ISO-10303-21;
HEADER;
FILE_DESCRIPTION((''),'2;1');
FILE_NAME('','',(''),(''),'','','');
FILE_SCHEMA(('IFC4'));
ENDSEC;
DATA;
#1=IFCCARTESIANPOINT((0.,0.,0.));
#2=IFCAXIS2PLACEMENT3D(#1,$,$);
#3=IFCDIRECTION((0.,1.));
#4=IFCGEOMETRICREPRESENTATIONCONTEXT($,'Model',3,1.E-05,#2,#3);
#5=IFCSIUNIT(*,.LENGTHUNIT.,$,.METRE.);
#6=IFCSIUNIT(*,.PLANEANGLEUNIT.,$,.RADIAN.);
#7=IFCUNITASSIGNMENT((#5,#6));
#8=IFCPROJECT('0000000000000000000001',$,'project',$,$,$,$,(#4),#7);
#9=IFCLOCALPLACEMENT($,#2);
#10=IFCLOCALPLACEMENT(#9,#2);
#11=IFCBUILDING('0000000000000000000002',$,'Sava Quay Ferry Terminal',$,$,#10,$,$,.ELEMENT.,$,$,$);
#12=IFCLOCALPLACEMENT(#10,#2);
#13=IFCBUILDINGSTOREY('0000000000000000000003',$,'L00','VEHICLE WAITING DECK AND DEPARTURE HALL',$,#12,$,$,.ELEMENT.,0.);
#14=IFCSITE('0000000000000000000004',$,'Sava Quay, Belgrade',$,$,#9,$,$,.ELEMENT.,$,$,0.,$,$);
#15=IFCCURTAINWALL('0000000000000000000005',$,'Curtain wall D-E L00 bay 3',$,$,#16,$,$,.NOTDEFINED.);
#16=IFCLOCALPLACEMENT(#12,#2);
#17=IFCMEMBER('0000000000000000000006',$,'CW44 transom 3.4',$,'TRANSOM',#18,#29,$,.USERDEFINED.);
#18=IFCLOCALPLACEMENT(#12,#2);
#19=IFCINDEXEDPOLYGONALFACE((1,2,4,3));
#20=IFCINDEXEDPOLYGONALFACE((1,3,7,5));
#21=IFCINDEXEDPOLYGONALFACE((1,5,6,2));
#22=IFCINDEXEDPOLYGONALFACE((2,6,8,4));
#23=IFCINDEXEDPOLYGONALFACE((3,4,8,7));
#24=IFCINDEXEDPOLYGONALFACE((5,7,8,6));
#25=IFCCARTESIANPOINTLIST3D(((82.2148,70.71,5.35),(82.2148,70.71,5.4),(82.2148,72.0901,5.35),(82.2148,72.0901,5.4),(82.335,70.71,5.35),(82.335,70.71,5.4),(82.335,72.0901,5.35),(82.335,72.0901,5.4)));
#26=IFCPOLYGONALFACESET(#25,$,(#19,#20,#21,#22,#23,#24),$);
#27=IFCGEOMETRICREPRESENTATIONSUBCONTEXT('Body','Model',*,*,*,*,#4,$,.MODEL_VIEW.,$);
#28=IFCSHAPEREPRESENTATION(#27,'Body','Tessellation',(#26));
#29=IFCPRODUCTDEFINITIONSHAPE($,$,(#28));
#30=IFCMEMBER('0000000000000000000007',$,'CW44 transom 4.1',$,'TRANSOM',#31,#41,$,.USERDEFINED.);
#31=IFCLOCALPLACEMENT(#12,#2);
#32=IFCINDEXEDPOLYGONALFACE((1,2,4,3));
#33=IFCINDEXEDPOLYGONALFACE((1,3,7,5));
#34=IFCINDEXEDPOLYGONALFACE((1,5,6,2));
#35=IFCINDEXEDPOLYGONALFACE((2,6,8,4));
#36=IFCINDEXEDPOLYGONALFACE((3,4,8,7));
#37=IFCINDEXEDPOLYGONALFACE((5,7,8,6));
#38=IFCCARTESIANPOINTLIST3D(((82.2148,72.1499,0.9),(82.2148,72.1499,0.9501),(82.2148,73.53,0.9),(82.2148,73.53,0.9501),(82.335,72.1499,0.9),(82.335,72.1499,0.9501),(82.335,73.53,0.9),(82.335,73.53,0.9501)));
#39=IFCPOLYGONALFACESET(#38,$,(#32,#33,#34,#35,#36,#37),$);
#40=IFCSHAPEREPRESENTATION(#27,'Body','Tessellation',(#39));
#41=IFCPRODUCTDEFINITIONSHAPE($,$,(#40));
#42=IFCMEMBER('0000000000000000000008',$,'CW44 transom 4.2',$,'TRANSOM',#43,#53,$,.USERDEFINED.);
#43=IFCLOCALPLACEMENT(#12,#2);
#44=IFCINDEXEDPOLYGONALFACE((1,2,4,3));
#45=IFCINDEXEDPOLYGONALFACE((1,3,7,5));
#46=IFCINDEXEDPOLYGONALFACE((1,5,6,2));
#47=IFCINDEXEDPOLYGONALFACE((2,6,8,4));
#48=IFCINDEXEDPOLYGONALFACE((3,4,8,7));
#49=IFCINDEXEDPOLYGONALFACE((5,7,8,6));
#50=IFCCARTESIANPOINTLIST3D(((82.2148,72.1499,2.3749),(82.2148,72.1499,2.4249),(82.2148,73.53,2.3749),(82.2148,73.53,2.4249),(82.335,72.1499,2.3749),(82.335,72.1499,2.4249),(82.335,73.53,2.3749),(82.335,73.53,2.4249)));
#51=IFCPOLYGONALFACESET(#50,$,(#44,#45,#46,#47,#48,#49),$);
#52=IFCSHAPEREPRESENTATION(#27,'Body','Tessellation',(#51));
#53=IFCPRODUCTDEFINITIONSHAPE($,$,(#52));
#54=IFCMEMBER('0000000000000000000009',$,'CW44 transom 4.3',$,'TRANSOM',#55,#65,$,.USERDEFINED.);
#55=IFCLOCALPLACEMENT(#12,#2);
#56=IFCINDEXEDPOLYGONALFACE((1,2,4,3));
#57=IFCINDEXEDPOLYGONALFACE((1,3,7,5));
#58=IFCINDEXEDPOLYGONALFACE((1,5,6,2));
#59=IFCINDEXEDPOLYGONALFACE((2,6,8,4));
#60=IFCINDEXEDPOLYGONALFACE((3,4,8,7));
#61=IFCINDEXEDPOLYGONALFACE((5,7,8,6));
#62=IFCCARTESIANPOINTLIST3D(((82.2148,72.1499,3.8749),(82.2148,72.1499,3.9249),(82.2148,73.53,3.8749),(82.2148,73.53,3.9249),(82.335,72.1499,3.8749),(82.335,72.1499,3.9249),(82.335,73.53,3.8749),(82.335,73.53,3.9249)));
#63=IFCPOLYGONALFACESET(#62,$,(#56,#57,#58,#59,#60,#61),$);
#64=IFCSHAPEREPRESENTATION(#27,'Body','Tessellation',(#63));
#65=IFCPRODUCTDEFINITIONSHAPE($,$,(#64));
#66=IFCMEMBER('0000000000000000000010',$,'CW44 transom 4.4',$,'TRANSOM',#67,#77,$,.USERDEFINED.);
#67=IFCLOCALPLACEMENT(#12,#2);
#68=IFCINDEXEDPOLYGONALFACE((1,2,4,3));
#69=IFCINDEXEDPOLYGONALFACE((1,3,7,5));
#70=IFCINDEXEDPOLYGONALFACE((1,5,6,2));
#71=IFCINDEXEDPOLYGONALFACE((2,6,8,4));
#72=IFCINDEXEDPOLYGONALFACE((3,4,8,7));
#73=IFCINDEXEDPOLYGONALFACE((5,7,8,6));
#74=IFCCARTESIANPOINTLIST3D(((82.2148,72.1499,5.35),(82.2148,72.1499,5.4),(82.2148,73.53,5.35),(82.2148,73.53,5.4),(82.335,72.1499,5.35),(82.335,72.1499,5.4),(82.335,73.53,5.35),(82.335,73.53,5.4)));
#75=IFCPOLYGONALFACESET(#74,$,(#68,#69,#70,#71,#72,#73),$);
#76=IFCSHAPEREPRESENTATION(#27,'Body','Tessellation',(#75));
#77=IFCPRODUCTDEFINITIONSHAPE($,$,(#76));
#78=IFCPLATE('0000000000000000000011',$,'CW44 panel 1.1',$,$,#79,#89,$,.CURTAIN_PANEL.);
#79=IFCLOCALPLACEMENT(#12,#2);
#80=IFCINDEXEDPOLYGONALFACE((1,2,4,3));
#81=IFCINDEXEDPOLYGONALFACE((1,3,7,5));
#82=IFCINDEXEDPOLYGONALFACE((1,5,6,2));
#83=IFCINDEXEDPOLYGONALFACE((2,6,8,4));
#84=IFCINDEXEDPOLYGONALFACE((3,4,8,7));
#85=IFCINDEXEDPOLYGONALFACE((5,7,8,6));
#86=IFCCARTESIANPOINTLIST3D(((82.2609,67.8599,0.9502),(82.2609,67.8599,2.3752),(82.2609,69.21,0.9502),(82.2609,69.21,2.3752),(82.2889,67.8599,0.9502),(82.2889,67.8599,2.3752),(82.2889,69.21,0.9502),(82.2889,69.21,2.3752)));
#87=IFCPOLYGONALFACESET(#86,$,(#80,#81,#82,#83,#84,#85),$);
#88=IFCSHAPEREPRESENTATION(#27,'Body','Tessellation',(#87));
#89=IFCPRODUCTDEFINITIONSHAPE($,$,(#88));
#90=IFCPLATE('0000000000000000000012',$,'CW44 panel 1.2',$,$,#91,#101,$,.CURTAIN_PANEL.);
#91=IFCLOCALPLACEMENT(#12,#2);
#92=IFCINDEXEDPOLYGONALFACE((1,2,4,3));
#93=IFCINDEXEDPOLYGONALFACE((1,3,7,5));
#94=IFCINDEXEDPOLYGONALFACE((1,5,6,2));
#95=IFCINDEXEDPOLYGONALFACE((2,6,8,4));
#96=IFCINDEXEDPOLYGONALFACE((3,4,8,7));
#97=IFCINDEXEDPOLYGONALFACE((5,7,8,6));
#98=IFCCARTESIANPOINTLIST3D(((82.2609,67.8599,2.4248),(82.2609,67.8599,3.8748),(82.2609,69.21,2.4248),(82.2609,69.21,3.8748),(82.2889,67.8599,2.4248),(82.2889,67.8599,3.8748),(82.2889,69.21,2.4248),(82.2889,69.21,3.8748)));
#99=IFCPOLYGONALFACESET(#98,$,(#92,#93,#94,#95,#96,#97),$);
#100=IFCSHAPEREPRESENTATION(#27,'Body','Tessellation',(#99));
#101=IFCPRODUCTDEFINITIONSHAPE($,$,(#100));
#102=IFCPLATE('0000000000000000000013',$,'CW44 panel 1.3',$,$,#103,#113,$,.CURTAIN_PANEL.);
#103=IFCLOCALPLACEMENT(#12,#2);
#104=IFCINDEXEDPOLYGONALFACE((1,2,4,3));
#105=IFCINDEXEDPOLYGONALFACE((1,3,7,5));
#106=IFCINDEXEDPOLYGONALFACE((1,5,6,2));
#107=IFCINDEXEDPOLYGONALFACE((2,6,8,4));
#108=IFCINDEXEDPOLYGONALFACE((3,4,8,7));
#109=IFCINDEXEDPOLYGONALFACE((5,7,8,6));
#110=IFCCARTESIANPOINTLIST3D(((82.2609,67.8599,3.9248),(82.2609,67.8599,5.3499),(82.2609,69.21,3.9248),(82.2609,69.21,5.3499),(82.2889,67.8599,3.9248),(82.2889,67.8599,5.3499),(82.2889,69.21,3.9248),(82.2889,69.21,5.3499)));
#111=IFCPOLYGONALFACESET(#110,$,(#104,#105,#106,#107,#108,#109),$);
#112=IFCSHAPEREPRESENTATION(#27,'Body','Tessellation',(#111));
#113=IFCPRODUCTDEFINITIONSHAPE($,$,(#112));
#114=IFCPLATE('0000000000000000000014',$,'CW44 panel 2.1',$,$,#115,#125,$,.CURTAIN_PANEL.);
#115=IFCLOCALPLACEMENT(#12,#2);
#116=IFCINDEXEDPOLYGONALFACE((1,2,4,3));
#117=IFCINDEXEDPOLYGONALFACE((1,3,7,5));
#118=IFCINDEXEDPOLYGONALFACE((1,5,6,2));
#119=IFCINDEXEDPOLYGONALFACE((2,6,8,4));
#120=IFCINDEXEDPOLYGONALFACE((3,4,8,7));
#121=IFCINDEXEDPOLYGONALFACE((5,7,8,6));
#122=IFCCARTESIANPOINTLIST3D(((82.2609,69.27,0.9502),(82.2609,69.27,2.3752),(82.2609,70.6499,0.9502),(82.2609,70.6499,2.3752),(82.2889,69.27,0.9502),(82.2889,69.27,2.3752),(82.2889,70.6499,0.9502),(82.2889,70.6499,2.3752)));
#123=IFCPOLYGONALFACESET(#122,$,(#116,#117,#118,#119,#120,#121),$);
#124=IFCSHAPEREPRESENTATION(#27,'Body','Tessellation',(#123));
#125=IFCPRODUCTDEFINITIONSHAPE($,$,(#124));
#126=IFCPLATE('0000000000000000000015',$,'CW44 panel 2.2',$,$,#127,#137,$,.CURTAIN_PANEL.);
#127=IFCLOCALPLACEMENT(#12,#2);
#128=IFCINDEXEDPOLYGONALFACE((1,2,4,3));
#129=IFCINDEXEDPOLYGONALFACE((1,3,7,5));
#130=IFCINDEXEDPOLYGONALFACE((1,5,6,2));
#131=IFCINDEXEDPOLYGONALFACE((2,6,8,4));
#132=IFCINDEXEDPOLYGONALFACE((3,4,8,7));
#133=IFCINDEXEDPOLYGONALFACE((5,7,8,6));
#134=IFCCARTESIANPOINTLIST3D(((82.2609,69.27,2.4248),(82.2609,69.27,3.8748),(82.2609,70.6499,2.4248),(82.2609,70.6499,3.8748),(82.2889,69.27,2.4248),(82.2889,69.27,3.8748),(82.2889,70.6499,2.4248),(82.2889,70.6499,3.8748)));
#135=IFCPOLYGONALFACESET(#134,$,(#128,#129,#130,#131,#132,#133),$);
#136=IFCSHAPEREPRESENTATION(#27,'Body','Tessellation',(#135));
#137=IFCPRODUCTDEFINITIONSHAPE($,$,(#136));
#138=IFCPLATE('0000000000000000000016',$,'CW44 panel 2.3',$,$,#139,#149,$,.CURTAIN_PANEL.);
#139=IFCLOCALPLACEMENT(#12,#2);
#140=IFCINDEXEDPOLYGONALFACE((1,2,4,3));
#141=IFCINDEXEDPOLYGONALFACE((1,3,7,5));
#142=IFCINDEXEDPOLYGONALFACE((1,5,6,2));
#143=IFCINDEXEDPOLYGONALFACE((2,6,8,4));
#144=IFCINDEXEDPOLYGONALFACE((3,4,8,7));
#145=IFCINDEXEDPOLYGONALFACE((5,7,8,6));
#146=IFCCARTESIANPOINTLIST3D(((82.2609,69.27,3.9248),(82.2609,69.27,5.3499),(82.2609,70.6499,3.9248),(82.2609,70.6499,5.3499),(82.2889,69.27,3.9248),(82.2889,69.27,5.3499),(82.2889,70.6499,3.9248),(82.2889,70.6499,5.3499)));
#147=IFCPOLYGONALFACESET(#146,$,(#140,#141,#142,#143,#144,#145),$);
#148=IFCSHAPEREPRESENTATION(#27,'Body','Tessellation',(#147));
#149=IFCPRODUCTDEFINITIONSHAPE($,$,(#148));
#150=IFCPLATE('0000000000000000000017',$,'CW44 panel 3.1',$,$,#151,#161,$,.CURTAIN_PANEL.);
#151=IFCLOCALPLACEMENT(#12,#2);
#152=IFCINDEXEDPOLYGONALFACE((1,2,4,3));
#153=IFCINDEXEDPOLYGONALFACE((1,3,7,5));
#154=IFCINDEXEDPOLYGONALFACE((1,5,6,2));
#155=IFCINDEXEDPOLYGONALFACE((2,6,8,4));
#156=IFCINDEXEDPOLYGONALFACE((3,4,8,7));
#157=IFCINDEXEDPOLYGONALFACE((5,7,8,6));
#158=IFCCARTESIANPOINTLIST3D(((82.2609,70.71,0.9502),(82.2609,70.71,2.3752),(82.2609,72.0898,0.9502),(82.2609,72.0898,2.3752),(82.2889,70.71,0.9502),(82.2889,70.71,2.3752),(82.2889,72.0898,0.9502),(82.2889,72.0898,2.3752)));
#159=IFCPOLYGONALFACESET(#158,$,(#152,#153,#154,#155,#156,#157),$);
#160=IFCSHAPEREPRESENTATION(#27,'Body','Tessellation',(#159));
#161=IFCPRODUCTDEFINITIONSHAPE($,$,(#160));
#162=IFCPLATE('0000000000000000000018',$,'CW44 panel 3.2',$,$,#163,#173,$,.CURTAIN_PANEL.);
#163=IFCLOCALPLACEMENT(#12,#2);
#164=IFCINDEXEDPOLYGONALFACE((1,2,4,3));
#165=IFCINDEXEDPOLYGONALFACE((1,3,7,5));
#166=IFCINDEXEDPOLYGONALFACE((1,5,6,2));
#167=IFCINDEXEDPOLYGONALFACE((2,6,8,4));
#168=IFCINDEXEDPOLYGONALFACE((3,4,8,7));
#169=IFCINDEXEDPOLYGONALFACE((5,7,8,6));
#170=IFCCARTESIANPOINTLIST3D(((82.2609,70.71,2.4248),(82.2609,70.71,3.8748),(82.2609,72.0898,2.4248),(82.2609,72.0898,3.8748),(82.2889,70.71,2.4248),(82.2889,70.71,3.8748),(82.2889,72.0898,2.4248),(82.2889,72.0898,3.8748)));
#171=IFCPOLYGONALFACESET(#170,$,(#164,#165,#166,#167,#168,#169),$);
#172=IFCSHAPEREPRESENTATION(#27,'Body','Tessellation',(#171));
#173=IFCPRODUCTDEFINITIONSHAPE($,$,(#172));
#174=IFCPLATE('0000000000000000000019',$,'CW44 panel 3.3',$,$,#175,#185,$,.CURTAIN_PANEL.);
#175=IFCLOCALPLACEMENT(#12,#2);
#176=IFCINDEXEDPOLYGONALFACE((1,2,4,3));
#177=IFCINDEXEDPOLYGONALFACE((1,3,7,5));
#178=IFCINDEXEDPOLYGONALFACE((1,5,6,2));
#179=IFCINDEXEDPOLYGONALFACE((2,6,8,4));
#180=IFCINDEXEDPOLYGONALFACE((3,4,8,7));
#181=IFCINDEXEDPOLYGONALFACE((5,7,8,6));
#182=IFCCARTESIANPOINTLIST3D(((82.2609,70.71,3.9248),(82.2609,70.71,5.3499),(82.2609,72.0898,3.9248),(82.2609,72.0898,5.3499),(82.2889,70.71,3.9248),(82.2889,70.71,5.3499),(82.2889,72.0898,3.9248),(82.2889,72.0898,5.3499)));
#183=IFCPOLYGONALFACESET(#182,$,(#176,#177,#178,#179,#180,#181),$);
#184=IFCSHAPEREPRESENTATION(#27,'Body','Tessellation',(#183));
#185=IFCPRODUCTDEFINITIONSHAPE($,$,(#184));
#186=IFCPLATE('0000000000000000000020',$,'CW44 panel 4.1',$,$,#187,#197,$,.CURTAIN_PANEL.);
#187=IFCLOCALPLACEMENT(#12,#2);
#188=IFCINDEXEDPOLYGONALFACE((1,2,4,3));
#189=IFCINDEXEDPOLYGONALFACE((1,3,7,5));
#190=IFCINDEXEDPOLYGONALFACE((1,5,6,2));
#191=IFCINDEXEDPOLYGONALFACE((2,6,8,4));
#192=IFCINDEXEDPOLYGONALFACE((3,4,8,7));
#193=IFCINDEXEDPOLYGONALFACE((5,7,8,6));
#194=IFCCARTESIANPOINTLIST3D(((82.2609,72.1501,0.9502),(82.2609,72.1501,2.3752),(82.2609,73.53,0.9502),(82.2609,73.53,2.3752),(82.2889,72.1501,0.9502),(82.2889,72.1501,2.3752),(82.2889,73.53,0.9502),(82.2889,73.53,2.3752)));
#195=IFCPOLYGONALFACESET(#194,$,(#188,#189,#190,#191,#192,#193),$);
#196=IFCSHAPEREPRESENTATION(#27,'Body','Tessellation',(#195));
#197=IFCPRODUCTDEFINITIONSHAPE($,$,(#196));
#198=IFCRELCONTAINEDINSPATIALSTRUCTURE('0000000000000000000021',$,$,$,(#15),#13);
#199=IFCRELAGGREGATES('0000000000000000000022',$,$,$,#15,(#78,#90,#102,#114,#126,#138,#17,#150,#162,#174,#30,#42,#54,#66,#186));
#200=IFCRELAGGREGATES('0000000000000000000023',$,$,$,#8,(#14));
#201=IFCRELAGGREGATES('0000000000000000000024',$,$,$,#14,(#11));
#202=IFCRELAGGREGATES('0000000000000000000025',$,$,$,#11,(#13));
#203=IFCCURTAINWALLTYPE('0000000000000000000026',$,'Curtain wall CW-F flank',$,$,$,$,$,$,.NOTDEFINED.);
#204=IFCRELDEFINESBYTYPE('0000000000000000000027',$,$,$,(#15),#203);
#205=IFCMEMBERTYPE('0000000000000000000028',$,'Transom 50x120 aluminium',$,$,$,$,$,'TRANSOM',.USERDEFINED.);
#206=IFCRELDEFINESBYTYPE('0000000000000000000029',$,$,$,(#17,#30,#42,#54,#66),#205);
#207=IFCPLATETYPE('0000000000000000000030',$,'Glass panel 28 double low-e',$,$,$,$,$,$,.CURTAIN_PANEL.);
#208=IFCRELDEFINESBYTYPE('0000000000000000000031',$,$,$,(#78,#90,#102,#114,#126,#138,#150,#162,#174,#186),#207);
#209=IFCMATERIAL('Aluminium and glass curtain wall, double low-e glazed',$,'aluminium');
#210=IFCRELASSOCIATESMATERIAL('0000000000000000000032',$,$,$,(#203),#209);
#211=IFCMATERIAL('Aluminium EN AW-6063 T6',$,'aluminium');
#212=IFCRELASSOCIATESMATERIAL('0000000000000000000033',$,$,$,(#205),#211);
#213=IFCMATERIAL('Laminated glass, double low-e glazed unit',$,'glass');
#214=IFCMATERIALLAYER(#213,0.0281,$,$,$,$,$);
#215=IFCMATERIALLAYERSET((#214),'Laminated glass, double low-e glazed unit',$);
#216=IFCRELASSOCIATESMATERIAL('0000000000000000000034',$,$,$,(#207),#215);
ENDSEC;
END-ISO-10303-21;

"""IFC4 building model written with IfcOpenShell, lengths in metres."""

from ifc_helpers import new_model, si_unit, direction, frame, origin, origin_2d, place, context, subcontext, project, spatial, rectangle, extrude, material, layer, layer_set, material_profile, profile_set, type_object, element, aggregate, save


model = new_model("IFC4")

# Units and contexts
model_context = context("Model", 3, precision=1e-05, world=origin(), true_north=direction((0.0, 1.0)))
body_context = subcontext(model_context, "Body", "Model", "MODEL_VIEW")
ifc_project = project(units=[si_unit("LENGTHUNIT", "METRE"), si_unit("PLANEANGLEUNIT", "RADIAN")], contexts=[model_context])

# Site, building, storey
site_placement = place(None, origin())
site = spatial("IfcSite", under=ifc_project, at=site_placement, Name="Sava Quay, Belgrade", CompositionType="ELEMENT", RefElevation=0.0)
building_placement = place(site_placement, origin())
building = spatial("IfcBuilding", under=site, at=building_placement, Name="Sava Quay Ferry Terminal", CompositionType="ELEMENT")
storey_placement = place(building_placement, origin())
storey = spatial("IfcBuildingStorey", under=building, at=storey_placement, Name="L00", Description="VEHICLE WAITING DECK AND DEPARTURE HALL", CompositionType="ELEMENT", Elevation=0.0)

# Curtain wall, members, plates
ifc_material_1 = material(Name="Aluminium and glass curtain wall, double low-e glazed", Category="aluminium")
curtain_wall_type = type_object("IfcCurtainWallType", Name="Curtain wall CW-F flank", PredefinedType="NOTDEFINED", material=ifc_material_1)
curtain_wall_placement = place(storey_placement, origin())
curtain_wall = element("IfcCurtainWall", 1, at=curtain_wall_placement, inside=storey, type_object=curtain_wall_type, Name="Curtain wall D-E L00 bay 3", PredefinedType="NOTDEFINED")
ifc_material_2 = material(Name="Aluminium EN AW-6063 T6", Category="aluminium")
ifc_material_profile_1 = material_profile(ifc_material_2, rectangle(XDim=0.1201, YDim=0.05, at=origin_2d()), Name="Transom 50x120 aluminium")
ifc_profile_set_1 = profile_set([ifc_material_profile_1], Name="Aluminium EN AW-6063 T6")
member_type_1 = type_object("IfcMemberType", Name="Transom 50x120 aluminium", ElementType="TRANSOM", PredefinedType="USERDEFINED", material=ifc_profile_set_1)
member_1_placement = place(storey_placement, frame((82.2749, 70.71, 5.375), z_axis=(0.0, 1.0, 0.0), x_axis=(-1.0, 0.0, 0.0)))
member_1 = element("IfcMember", 2, at=member_1_placement, type_object=member_type_1, Name="CW44 transom 3.4", ObjectType="TRANSOM", PredefinedType="USERDEFINED", context=body_context, shape_type="SweptSolid", body=[
    extrude(rectangle(XDim=0.1201, YDim=0.05, at=origin_2d()), origin(), (0.0, 0.0, 1.0), 1.3801),
])
member_2_placement = place(storey_placement, frame((82.2749, 72.1499, 0.925), z_axis=(0.0, 1.0, 0.0), x_axis=(-1.0, 0.0, 0.0)))
member_2 = element("IfcMember", 3, at=member_2_placement, type_object=member_type_1, Name="CW44 transom 4.1", ObjectType="TRANSOM", PredefinedType="USERDEFINED", context=body_context, shape_type="SweptSolid", body=[
    extrude(rectangle(XDim=0.1201, YDim=0.05, at=origin_2d()), origin(), (0.0, 0.0, 1.0), 1.3801),
])
member_3_placement = place(storey_placement, frame((82.2749, 72.1499, 2.3999), z_axis=(0.0, 1.0, 0.0), x_axis=(-1.0, 0.0, 0.0)))
member_3 = element("IfcMember", 4, at=member_3_placement, type_object=member_type_1, Name="CW44 transom 4.2", ObjectType="TRANSOM", PredefinedType="USERDEFINED", context=body_context, shape_type="SweptSolid", body=[
    extrude(rectangle(XDim=0.1201, YDim=0.05, at=origin_2d()), origin(), (0.0, 0.0, 1.0), 1.3801),
])
member_4_placement = place(storey_placement, frame((82.2749, 72.1499, 3.8999), z_axis=(0.0, 1.0, 0.0), x_axis=(-1.0, 0.0, 0.0)))
member_4 = element("IfcMember", 5, at=member_4_placement, type_object=member_type_1, Name="CW44 transom 4.3", ObjectType="TRANSOM", PredefinedType="USERDEFINED", context=body_context, shape_type="SweptSolid", body=[
    extrude(rectangle(XDim=0.1201, YDim=0.05, at=origin_2d()), origin(), (0.0, 0.0, 1.0), 1.3801),
])
member_5_placement = place(storey_placement, frame((82.2749, 72.1499, 5.375), z_axis=(0.0, 1.0, 0.0), x_axis=(-1.0, 0.0, 0.0)))
member_5 = element("IfcMember", 6, at=member_5_placement, type_object=member_type_1, Name="CW44 transom 4.4", ObjectType="TRANSOM", PredefinedType="USERDEFINED", context=body_context, shape_type="SweptSolid", body=[
    extrude(rectangle(XDim=0.1201, YDim=0.05, at=origin_2d()), origin(), (0.0, 0.0, 1.0), 1.3801),
])
ifc_material_3 = material(Name="Laminated glass, double low-e glazed unit", Category="glass")
ifc_layer = layer(ifc_material_3, 0.0281)
ifc_layer_set = layer_set([ifc_layer], Name="Laminated glass, double low-e glazed unit")
plate_type = type_object("IfcPlateType", Name="Glass panel 28 double low-e", PredefinedType="CURTAIN_PANEL", material=ifc_layer_set)
plate_1_placement = place(storey_placement, frame((82.2749, 68.5349, 0.9502), z_axis=(0.0, 0.0, 1.0), x_axis=(0.0, 1.0, 0.0)))
plate_1 = element("IfcPlate", 7, at=plate_1_placement, type_object=plate_type, Name="CW44 panel 1.1", PredefinedType="CURTAIN_PANEL", context=body_context, shape_type="SweptSolid", body=[
    extrude(rectangle(XDim=1.3501, YDim=0.0281, at=origin_2d()), origin(), (0.0, 0.0, 1.0), 1.425),
])
plate_2_placement = place(storey_placement, frame((82.2749, 68.5349, 2.4248), z_axis=(0.0, 0.0, 1.0), x_axis=(0.0, 1.0, 0.0)))
plate_2 = element("IfcPlate", 8, at=plate_2_placement, type_object=plate_type, Name="CW44 panel 1.2", PredefinedType="CURTAIN_PANEL", context=body_context, shape_type="SweptSolid", body=[
    extrude(rectangle(XDim=1.3501, YDim=0.0281, at=origin_2d()), origin(), (0.0, 0.0, 1.0), 1.45),
])
plate_3_placement = place(storey_placement, frame((82.2749, 68.5349, 3.9248), z_axis=(0.0, 0.0, 1.0), x_axis=(0.0, 1.0, 0.0)))
plate_3 = element("IfcPlate", 9, at=plate_3_placement, type_object=plate_type, Name="CW44 panel 1.3", PredefinedType="CURTAIN_PANEL", context=body_context, shape_type="SweptSolid", body=[
    extrude(rectangle(XDim=1.3501, YDim=0.0281, at=origin_2d()), origin(), (0.0, 0.0, 1.0), 1.425),
])
plate_4_placement = place(storey_placement, frame((82.2749, 69.96, 0.9502), z_axis=(0.0, 0.0, 1.0), x_axis=(0.0, 1.0, 0.0)))
plate_4 = element("IfcPlate", 10, at=plate_4_placement, type_object=plate_type, Name="CW44 panel 2.1", PredefinedType="CURTAIN_PANEL", context=body_context, shape_type="SweptSolid", body=[
    extrude(rectangle(XDim=1.3799, YDim=0.0281, at=origin_2d()), origin(), (0.0, 0.0, 1.0), 1.425),
])
plate_5_placement = place(storey_placement, frame((82.2749, 69.96, 2.4248), z_axis=(0.0, 0.0, 1.0), x_axis=(0.0, 1.0, 0.0)))
plate_5 = element("IfcPlate", 11, at=plate_5_placement, type_object=plate_type, Name="CW44 panel 2.2", PredefinedType="CURTAIN_PANEL", context=body_context, shape_type="SweptSolid", body=[
    extrude(rectangle(XDim=1.3799, YDim=0.0281, at=origin_2d()), origin(), (0.0, 0.0, 1.0), 1.45),
])
plate_6_placement = place(storey_placement, frame((82.2749, 69.96, 3.9248), z_axis=(0.0, 0.0, 1.0), x_axis=(0.0, 1.0, 0.0)))
plate_6 = element("IfcPlate", 12, at=plate_6_placement, type_object=plate_type, Name="CW44 panel 2.3", PredefinedType="CURTAIN_PANEL", context=body_context, shape_type="SweptSolid", body=[
    extrude(rectangle(XDim=1.3799, YDim=0.0281, at=origin_2d()), origin(), (0.0, 0.0, 1.0), 1.425),
])
plate_7_placement = place(storey_placement, frame((82.2749, 71.3999, 0.9502), z_axis=(0.0, 0.0, 1.0), x_axis=(0.0, 1.0, 0.0)))
plate_7 = element("IfcPlate", 13, at=plate_7_placement, type_object=plate_type, Name="CW44 panel 3.1", PredefinedType="CURTAIN_PANEL", context=body_context, shape_type="SweptSolid", body=[
    extrude(rectangle(XDim=1.3799, YDim=0.0281, at=origin_2d()), origin(), (0.0, 0.0, 1.0), 1.425),
])
plate_8_placement = place(storey_placement, frame((82.2749, 71.3999, 2.4248), z_axis=(0.0, 0.0, 1.0), x_axis=(0.0, 1.0, 0.0)))
plate_8 = element("IfcPlate", 14, at=plate_8_placement, type_object=plate_type, Name="CW44 panel 3.2", PredefinedType="CURTAIN_PANEL", context=body_context, shape_type="SweptSolid", body=[
    extrude(rectangle(XDim=1.3799, YDim=0.0281, at=origin_2d()), origin(), (0.0, 0.0, 1.0), 1.45),
])
plate_9_placement = place(storey_placement, frame((82.2749, 71.3999, 3.9248), z_axis=(0.0, 0.0, 1.0), x_axis=(0.0, 1.0, 0.0)))
plate_9 = element("IfcPlate", 15, at=plate_9_placement, type_object=plate_type, Name="CW44 panel 3.3", PredefinedType="CURTAIN_PANEL", context=body_context, shape_type="SweptSolid", body=[
    extrude(rectangle(XDim=1.3799, YDim=0.0281, at=origin_2d()), origin(), (0.0, 0.0, 1.0), 1.425),
])
plate_10_placement = place(storey_placement, frame((82.2749, 72.8401, 0.9502), z_axis=(0.0, 0.0, 1.0), x_axis=(0.0, 1.0, 0.0)))
plate_10 = element("IfcPlate", 16, at=plate_10_placement, type_object=plate_type, Name="CW44 panel 4.1", PredefinedType="CURTAIN_PANEL", context=body_context, shape_type="SweptSolid", body=[
    extrude(rectangle(XDim=1.3799, YDim=0.0281, at=origin_2d()), origin(), (0.0, 0.0, 1.0), 1.425),
])
aggregate(curtain_wall, [plate_1, plate_2, plate_3, plate_4, plate_5, plate_6, member_1, plate_7, plate_8, plate_9, member_2, member_3, member_4, member_5, plate_10])

save(model, "model.ifc")
